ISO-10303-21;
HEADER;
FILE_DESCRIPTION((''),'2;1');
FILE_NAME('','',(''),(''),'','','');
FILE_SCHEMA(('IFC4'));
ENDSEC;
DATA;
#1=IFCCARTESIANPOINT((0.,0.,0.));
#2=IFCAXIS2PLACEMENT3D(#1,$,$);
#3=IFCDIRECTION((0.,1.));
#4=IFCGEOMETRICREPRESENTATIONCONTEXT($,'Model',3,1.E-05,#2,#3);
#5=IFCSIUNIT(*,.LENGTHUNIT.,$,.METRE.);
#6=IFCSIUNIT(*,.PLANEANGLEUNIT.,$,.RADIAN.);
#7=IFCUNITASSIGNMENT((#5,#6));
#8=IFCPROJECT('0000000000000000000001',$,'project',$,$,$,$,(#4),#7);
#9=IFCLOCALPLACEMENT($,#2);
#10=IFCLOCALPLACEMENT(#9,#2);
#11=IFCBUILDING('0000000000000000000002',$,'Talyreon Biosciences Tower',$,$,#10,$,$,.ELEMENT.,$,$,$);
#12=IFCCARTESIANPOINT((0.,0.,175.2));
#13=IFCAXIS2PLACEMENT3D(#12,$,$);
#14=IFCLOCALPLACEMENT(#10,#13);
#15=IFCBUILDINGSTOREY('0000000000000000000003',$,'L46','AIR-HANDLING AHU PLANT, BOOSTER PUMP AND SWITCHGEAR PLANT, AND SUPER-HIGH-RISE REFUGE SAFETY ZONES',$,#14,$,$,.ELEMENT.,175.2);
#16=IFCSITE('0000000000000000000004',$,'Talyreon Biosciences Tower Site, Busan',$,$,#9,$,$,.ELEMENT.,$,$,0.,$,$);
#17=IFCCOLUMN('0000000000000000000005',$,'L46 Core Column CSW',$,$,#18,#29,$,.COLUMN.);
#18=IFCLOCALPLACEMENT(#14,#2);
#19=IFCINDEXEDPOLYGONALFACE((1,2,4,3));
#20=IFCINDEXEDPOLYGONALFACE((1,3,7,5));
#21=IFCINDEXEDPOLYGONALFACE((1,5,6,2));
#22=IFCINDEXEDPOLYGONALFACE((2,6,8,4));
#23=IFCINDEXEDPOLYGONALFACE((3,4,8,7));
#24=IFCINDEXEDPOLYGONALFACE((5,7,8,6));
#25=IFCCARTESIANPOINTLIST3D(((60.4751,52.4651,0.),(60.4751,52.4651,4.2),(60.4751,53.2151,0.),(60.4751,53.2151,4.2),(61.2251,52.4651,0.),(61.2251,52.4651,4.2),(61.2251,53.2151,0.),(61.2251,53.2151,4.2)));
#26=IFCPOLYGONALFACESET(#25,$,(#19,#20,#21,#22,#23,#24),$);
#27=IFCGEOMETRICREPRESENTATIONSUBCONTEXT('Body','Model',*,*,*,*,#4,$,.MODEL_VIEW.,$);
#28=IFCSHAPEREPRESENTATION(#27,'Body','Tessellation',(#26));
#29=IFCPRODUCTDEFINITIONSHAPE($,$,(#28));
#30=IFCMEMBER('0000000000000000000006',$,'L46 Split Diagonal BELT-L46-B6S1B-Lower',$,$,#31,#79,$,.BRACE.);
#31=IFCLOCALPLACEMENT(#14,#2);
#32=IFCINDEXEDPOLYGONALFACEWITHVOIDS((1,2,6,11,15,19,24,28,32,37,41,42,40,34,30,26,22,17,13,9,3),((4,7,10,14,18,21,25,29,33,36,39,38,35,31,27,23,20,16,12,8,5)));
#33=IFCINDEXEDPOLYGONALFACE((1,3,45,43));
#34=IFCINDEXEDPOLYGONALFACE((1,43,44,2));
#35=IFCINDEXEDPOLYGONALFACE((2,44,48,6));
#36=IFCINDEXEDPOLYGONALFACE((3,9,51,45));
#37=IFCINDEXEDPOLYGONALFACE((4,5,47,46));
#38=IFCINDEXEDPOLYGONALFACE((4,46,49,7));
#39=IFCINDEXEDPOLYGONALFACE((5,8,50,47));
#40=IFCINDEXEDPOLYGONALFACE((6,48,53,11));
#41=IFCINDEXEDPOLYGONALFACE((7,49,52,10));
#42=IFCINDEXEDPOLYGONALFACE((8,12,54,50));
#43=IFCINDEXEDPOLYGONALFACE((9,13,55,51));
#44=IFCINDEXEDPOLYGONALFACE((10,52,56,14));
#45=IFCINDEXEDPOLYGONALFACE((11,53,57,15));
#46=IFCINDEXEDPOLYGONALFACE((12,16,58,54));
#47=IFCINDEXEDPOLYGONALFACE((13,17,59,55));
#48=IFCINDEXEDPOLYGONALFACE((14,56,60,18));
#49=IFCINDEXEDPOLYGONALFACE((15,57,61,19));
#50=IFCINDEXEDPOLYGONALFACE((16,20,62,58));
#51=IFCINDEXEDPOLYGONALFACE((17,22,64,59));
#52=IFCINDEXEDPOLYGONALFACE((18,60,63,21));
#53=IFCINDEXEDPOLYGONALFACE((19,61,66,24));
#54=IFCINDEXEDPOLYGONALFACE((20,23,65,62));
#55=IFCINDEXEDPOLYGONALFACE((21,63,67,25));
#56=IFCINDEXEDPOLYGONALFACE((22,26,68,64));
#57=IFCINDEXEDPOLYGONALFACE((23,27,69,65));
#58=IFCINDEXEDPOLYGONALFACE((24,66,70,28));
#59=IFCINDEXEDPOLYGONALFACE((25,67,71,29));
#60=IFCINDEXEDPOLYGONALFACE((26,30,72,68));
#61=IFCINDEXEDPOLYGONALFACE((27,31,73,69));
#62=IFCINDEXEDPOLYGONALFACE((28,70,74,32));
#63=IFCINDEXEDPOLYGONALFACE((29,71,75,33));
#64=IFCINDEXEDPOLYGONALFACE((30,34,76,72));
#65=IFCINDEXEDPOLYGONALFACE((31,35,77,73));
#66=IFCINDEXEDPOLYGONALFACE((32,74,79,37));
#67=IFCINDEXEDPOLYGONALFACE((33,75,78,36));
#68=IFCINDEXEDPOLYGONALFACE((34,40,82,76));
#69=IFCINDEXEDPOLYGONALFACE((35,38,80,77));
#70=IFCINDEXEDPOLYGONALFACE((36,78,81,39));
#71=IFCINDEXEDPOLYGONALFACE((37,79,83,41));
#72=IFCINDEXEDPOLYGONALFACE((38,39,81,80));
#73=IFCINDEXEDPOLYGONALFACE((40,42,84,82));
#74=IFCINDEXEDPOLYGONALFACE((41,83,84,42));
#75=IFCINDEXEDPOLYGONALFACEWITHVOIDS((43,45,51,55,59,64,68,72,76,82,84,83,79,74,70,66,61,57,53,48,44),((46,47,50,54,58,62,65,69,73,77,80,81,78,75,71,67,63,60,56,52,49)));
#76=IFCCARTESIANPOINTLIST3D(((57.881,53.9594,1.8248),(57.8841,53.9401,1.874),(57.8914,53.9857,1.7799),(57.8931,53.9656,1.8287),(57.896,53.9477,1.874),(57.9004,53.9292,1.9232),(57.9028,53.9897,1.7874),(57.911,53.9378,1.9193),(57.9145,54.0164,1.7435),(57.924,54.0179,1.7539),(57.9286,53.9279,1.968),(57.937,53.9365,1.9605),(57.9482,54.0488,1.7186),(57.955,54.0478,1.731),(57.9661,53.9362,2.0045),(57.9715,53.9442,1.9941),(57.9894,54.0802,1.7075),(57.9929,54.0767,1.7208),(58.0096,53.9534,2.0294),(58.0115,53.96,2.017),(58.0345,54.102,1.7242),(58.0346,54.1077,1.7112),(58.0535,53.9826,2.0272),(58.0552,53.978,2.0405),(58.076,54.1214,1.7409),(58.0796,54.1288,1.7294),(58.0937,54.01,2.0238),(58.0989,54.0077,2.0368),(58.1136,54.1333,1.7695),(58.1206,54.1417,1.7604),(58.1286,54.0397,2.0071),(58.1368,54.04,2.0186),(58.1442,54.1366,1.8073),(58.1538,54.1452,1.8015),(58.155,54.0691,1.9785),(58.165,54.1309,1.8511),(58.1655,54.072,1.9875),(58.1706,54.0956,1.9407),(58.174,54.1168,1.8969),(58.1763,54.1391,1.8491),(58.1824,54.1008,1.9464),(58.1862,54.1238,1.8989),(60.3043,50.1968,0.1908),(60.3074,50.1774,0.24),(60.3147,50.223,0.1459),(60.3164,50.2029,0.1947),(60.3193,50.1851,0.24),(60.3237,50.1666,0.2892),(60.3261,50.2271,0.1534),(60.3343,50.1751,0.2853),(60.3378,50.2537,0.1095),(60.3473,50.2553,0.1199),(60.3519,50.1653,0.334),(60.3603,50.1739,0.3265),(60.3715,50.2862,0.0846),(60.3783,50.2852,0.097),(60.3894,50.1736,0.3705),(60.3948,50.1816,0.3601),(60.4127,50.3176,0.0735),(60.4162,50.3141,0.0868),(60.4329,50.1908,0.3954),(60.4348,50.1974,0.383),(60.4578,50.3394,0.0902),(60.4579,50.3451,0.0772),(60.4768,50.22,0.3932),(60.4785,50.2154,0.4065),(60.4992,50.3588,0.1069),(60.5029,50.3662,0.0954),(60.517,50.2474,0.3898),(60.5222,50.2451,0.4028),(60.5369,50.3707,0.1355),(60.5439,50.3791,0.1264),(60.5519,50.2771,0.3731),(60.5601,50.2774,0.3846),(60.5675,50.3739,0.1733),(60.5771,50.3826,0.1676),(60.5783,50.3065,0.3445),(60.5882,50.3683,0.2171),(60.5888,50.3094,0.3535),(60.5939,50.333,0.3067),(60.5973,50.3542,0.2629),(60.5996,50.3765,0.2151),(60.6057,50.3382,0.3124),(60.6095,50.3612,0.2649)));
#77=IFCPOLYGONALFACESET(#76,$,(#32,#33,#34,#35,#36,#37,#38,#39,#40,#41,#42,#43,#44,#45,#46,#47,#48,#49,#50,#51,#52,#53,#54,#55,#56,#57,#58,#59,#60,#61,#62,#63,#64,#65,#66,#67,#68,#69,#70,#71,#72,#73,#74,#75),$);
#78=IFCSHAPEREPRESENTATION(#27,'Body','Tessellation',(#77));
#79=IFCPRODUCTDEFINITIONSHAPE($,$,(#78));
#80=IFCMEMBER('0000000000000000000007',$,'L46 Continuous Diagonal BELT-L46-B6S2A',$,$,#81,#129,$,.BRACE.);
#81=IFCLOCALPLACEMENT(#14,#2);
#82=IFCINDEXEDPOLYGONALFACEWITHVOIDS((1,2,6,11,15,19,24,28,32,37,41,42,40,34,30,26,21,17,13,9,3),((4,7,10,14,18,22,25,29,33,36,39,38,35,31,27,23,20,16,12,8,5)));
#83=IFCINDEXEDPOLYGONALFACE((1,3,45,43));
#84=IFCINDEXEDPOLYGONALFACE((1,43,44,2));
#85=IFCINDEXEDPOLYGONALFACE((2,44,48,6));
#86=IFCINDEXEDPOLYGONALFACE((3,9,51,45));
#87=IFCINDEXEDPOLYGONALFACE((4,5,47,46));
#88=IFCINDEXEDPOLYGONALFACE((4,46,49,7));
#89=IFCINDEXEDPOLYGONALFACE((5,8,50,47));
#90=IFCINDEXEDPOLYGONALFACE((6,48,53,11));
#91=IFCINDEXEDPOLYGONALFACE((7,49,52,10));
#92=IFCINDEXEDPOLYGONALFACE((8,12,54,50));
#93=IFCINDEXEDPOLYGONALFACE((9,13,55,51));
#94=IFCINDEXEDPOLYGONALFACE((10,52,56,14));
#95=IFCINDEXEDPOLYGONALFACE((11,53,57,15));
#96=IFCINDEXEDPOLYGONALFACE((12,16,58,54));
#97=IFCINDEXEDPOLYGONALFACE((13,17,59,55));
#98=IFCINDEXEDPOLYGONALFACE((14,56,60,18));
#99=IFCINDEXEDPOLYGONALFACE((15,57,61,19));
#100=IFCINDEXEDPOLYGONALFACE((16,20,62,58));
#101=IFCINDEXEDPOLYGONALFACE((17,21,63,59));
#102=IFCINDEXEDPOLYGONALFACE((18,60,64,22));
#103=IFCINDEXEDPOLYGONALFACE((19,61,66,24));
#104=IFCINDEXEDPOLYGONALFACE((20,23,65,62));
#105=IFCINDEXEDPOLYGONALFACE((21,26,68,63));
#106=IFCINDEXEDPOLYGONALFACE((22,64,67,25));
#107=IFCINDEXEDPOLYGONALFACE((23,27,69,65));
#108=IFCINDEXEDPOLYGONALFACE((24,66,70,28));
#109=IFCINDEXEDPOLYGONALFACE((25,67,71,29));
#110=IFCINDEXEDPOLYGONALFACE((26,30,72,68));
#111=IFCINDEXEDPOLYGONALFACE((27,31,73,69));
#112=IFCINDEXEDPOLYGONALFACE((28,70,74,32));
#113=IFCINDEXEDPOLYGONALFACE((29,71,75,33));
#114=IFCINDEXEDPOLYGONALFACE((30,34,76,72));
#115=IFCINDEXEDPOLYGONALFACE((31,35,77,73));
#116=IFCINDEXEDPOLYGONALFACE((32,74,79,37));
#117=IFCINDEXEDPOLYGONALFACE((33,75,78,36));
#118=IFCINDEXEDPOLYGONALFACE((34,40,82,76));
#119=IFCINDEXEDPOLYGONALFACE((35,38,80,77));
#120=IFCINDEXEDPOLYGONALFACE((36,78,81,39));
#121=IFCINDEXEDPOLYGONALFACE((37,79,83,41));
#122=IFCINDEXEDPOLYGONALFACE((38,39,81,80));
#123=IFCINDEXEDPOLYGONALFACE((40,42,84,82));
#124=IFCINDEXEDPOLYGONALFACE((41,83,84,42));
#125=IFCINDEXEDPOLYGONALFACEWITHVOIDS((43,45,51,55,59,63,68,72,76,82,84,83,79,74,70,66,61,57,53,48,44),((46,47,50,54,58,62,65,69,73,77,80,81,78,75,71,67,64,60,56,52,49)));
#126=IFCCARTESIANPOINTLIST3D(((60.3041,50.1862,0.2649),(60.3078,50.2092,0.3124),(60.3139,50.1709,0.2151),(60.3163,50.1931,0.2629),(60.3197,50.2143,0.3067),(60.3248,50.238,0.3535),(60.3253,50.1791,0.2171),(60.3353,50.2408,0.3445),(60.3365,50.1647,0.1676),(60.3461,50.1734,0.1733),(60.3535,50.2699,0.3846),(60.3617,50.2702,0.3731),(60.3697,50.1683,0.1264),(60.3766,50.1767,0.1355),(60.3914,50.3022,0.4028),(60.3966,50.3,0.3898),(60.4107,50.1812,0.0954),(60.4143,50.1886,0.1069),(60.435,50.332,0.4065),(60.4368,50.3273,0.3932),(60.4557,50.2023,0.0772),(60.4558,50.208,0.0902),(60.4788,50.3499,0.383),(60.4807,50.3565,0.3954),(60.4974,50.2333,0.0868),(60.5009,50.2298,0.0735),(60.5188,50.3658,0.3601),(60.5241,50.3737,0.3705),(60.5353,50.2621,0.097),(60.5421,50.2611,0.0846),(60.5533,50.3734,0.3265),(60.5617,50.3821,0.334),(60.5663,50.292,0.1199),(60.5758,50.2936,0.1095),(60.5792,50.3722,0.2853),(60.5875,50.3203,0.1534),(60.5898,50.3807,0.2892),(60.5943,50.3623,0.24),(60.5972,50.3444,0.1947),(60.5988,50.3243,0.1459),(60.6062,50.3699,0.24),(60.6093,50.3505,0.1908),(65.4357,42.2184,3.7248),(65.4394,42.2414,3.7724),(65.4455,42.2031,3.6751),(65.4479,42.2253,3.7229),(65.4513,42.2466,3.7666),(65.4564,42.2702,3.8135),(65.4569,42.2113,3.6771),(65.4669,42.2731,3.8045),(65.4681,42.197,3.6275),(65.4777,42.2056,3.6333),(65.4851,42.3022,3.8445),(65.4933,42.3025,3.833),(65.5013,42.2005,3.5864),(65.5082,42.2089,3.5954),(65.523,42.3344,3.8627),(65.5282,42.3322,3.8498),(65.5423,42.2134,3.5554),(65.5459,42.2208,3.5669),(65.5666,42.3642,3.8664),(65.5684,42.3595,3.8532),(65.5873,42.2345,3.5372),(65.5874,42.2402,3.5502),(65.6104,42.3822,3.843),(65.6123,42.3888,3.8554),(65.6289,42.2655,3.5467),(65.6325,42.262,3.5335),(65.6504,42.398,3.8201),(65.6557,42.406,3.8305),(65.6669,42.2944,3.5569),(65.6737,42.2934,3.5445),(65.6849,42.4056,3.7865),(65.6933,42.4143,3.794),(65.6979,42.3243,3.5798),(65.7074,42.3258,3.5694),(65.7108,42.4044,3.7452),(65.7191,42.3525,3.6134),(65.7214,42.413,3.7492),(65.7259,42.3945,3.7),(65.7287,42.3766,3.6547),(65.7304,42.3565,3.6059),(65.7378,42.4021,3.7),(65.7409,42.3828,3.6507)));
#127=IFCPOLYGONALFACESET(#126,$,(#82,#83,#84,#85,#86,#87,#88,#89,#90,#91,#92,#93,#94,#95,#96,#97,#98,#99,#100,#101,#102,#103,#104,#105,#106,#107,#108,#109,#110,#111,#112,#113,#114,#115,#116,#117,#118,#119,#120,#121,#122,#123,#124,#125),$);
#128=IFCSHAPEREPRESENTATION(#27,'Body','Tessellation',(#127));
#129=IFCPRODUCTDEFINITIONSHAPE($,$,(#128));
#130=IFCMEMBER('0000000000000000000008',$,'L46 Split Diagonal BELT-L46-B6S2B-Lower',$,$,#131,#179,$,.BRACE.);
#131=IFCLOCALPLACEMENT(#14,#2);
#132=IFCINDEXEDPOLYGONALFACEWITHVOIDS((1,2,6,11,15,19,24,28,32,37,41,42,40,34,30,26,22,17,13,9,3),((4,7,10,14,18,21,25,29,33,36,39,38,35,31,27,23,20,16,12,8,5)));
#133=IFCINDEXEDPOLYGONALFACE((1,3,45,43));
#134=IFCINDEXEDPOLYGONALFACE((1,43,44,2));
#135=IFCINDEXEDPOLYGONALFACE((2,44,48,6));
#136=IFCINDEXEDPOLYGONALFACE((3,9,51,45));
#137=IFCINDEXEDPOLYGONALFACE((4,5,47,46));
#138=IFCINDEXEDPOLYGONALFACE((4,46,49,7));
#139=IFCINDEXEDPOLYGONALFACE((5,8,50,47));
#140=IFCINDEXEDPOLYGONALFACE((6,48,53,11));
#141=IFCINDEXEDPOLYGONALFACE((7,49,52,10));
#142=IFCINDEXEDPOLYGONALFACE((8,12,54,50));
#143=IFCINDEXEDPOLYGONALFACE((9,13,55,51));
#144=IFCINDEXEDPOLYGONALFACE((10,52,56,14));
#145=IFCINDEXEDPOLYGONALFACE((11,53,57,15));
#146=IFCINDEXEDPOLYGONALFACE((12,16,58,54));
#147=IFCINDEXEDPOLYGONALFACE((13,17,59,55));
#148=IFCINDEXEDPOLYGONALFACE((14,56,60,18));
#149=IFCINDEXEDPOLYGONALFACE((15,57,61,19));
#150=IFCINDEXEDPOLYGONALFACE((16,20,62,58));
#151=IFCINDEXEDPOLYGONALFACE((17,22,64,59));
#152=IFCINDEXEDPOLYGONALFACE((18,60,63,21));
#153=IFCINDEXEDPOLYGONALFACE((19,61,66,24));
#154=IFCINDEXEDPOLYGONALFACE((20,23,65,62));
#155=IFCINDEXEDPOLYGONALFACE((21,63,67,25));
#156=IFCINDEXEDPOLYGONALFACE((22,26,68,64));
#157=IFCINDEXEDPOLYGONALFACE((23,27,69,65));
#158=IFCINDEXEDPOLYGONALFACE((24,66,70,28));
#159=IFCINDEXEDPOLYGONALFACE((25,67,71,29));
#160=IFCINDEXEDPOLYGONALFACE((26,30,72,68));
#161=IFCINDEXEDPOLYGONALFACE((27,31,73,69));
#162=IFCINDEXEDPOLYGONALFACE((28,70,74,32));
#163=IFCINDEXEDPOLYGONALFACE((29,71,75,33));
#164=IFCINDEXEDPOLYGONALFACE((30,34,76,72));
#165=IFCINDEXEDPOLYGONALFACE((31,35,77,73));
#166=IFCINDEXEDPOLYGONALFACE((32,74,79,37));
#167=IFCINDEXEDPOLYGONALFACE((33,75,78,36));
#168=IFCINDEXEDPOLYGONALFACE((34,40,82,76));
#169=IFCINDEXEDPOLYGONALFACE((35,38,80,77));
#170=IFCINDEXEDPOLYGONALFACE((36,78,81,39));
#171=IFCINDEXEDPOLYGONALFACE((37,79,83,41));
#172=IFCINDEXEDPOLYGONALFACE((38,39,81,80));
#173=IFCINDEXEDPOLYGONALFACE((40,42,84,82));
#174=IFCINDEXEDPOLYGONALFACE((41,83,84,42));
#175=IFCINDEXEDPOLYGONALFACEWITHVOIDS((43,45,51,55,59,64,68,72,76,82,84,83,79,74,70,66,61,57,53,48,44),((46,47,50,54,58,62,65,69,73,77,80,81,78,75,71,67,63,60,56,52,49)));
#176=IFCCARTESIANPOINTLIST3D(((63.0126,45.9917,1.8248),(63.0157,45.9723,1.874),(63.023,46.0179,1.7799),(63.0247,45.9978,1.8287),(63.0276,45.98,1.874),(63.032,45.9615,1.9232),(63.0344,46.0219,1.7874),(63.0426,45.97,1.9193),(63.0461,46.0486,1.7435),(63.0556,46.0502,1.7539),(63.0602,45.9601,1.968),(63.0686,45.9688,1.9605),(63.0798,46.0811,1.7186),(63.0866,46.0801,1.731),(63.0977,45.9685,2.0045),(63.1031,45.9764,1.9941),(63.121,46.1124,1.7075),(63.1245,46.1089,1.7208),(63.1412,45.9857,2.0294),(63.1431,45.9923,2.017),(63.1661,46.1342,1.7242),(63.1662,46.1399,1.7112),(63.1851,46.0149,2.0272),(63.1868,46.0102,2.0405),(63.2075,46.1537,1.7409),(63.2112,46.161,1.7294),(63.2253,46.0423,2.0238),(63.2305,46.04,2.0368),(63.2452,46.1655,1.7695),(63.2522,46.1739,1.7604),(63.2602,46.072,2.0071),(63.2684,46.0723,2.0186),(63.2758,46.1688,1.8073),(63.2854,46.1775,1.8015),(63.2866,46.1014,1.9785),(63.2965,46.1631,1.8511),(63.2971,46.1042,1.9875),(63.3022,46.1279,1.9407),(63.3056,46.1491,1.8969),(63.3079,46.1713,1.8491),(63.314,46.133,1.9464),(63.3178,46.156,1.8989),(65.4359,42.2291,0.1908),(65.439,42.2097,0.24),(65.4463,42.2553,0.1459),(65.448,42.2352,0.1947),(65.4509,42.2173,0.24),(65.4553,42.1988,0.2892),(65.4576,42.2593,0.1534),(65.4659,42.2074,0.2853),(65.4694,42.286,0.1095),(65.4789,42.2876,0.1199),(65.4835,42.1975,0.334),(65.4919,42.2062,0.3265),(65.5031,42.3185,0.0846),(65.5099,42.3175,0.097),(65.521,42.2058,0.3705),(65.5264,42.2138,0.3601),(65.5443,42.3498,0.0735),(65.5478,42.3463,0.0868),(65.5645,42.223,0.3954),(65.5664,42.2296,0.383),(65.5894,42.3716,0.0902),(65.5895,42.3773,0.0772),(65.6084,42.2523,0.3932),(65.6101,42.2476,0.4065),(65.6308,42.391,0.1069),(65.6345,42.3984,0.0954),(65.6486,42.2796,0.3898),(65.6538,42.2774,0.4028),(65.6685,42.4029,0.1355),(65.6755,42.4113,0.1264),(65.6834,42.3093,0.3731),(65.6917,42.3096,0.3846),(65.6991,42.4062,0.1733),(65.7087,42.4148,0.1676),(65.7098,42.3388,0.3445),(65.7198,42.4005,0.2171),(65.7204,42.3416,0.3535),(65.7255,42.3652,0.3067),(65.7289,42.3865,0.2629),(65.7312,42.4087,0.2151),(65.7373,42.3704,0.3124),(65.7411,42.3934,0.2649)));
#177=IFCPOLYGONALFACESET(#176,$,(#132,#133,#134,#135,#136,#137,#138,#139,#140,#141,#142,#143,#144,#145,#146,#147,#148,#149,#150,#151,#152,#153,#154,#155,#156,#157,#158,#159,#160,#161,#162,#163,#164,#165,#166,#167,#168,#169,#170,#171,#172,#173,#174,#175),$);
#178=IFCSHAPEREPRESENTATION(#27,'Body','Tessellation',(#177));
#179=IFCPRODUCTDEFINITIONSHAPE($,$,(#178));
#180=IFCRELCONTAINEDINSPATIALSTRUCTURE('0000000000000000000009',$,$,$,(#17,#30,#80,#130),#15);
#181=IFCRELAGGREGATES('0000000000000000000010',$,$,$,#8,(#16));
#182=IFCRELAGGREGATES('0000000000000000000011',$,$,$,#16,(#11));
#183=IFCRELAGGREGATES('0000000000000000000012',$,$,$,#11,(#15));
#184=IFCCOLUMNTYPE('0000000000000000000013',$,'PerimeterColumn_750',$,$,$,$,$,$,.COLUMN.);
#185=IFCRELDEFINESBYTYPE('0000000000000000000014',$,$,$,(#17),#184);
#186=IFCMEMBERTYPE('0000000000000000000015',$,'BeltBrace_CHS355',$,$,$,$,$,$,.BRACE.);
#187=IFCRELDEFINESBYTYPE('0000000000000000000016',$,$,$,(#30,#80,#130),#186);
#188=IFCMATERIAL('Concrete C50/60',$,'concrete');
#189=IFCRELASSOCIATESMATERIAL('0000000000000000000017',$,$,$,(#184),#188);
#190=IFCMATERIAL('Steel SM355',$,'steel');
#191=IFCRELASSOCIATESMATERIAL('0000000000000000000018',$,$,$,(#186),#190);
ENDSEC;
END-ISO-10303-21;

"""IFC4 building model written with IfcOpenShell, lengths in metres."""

from ifc_helpers import new_model, si_unit, direction, frame, origin, origin_2d, place, context, subcontext, project, spatial, rectangle, hollow_circle, extrude, material, material_profile, profile_set, type_object, element, save


model = new_model("IFC4")

# Units and contexts
model_context = context("Model", 3, precision=1e-05, world=origin(), true_north=direction((0.0, 1.0)))
body_context = subcontext(model_context, "Body", "Model", "MODEL_VIEW")
ifc_project = project(units=[si_unit("LENGTHUNIT", "METRE"), si_unit("PLANEANGLEUNIT", "RADIAN")], contexts=[model_context])

# Site, building, storey
site_placement = place(None, origin())
site = spatial("IfcSite", under=ifc_project, at=site_placement, Name="Talyreon Biosciences Tower Site, Busan", CompositionType="ELEMENT", RefElevation=0.0)
building_placement = place(site_placement, origin())
building = spatial("IfcBuilding", under=site, at=building_placement, Name="Talyreon Biosciences Tower", CompositionType="ELEMENT")
storey_placement = place(building_placement, frame((0.0, 0.0, 175.2)))
storey = spatial("IfcBuildingStorey", under=building, at=storey_placement, Name="L46", Description="AIR-HANDLING AHU PLANT, BOOSTER PUMP AND SWITCHGEAR PLANT, AND SUPER-HIGH-RISE REFUGE SAFETY ZONES", CompositionType="ELEMENT", Elevation=175.2)

# Column
ifc_material_1 = material(Name="Concrete C50/60", Category="concrete")
ifc_material_profile_1 = material_profile(ifc_material_1, rectangle(XDim=0.75, YDim=0.75, at=origin_2d()), Name="RC 750x750")
ifc_profile_set_1 = profile_set([ifc_material_profile_1], Name="Concrete C50/60")
column_type = type_object("IfcColumnType", Name="PerimeterColumn_750", PredefinedType="COLUMN", material=ifc_profile_set_1)
column_placement = place(storey_placement, frame((60.8501, 52.8401, 0.0), z_axis=(0.0, 0.0, 1.0), x_axis=(1.0, 0.0, 0.0)))
element("IfcColumn", 1, at=column_placement, inside=storey, type_object=column_type, Name="L46 Core Column CSW", PredefinedType="COLUMN", context=body_context, shape_type="SweptSolid", body=[
    extrude(rectangle(XDim=0.75, YDim=0.75, at=origin_2d()), origin(), (0.0, 0.0, 1.0), 4.2),
])

# Members
ifc_material_2 = material(Name="Steel SM355", Category="steel")
ifc_material_profile_2 = material_profile(ifc_material_2, hollow_circle(Radius=0.1777, WallThickness=0.0142, at=origin_2d()), Name="CHS 355.6x14.2")
ifc_profile_set_2 = profile_set([ifc_material_profile_2], Name="Steel SM355")
member_type_1 = type_object("IfcMemberType", Name="BeltBrace_CHS355", PredefinedType="BRACE", material=ifc_profile_set_2)
member_1_placement = place(storey_placement, frame((60.4568, 50.2737, 0.24), z_axis=(-0.508624, 0.789735, 0.34296), x_axis=(-0.840724, -0.541463, 0.0)))
element("IfcMember", 2, at=member_1_placement, inside=storey, type_object=member_type_1, Name="L46 Split Diagonal BELT-L46-B6S1B-Lower", PredefinedType="BRACE", context=body_context, shape_type="SweptSolid", body=[
    extrude(hollow_circle(Radius=0.1777, WallThickness=0.0142, at=origin_2d()), origin(), (0.0, 0.0, 1.0), 4.7644),
])
member_2_placement = place(storey_placement, frame((60.4568, 50.2737, 0.24), z_axis=(0.508627, -0.789741, 0.34294), x_axis=(0.840725, 0.541463, 0.0)))
element("IfcMember", 3, at=member_2_placement, inside=storey, type_object=member_type_1, Name="L46 Continuous Diagonal BELT-L46-B6S2A", PredefinedType="BRACE", context=body_context, shape_type="SweptSolid", body=[
    extrude(hollow_circle(Radius=0.1777, WallThickness=0.0142, at=origin_2d()), origin(), (0.0, 0.0, 1.0), 10.0891),
])
member_3_placement = place(storey_placement, frame((65.5884, 42.3059, 0.24), z_axis=(-0.508624, 0.789735, 0.34296), x_axis=(-0.840724, -0.541463, 0.0)))
element("IfcMember", 4, at=member_3_placement, inside=storey, type_object=member_type_1, Name="L46 Split Diagonal BELT-L46-B6S2B-Lower", PredefinedType="BRACE", context=body_context, shape_type="SweptSolid", body=[
    extrude(hollow_circle(Radius=0.1777, WallThickness=0.0142, at=origin_2d()), origin(), (0.0, 0.0, 1.0), 4.7644),
])

save(model, "model.ifc")
